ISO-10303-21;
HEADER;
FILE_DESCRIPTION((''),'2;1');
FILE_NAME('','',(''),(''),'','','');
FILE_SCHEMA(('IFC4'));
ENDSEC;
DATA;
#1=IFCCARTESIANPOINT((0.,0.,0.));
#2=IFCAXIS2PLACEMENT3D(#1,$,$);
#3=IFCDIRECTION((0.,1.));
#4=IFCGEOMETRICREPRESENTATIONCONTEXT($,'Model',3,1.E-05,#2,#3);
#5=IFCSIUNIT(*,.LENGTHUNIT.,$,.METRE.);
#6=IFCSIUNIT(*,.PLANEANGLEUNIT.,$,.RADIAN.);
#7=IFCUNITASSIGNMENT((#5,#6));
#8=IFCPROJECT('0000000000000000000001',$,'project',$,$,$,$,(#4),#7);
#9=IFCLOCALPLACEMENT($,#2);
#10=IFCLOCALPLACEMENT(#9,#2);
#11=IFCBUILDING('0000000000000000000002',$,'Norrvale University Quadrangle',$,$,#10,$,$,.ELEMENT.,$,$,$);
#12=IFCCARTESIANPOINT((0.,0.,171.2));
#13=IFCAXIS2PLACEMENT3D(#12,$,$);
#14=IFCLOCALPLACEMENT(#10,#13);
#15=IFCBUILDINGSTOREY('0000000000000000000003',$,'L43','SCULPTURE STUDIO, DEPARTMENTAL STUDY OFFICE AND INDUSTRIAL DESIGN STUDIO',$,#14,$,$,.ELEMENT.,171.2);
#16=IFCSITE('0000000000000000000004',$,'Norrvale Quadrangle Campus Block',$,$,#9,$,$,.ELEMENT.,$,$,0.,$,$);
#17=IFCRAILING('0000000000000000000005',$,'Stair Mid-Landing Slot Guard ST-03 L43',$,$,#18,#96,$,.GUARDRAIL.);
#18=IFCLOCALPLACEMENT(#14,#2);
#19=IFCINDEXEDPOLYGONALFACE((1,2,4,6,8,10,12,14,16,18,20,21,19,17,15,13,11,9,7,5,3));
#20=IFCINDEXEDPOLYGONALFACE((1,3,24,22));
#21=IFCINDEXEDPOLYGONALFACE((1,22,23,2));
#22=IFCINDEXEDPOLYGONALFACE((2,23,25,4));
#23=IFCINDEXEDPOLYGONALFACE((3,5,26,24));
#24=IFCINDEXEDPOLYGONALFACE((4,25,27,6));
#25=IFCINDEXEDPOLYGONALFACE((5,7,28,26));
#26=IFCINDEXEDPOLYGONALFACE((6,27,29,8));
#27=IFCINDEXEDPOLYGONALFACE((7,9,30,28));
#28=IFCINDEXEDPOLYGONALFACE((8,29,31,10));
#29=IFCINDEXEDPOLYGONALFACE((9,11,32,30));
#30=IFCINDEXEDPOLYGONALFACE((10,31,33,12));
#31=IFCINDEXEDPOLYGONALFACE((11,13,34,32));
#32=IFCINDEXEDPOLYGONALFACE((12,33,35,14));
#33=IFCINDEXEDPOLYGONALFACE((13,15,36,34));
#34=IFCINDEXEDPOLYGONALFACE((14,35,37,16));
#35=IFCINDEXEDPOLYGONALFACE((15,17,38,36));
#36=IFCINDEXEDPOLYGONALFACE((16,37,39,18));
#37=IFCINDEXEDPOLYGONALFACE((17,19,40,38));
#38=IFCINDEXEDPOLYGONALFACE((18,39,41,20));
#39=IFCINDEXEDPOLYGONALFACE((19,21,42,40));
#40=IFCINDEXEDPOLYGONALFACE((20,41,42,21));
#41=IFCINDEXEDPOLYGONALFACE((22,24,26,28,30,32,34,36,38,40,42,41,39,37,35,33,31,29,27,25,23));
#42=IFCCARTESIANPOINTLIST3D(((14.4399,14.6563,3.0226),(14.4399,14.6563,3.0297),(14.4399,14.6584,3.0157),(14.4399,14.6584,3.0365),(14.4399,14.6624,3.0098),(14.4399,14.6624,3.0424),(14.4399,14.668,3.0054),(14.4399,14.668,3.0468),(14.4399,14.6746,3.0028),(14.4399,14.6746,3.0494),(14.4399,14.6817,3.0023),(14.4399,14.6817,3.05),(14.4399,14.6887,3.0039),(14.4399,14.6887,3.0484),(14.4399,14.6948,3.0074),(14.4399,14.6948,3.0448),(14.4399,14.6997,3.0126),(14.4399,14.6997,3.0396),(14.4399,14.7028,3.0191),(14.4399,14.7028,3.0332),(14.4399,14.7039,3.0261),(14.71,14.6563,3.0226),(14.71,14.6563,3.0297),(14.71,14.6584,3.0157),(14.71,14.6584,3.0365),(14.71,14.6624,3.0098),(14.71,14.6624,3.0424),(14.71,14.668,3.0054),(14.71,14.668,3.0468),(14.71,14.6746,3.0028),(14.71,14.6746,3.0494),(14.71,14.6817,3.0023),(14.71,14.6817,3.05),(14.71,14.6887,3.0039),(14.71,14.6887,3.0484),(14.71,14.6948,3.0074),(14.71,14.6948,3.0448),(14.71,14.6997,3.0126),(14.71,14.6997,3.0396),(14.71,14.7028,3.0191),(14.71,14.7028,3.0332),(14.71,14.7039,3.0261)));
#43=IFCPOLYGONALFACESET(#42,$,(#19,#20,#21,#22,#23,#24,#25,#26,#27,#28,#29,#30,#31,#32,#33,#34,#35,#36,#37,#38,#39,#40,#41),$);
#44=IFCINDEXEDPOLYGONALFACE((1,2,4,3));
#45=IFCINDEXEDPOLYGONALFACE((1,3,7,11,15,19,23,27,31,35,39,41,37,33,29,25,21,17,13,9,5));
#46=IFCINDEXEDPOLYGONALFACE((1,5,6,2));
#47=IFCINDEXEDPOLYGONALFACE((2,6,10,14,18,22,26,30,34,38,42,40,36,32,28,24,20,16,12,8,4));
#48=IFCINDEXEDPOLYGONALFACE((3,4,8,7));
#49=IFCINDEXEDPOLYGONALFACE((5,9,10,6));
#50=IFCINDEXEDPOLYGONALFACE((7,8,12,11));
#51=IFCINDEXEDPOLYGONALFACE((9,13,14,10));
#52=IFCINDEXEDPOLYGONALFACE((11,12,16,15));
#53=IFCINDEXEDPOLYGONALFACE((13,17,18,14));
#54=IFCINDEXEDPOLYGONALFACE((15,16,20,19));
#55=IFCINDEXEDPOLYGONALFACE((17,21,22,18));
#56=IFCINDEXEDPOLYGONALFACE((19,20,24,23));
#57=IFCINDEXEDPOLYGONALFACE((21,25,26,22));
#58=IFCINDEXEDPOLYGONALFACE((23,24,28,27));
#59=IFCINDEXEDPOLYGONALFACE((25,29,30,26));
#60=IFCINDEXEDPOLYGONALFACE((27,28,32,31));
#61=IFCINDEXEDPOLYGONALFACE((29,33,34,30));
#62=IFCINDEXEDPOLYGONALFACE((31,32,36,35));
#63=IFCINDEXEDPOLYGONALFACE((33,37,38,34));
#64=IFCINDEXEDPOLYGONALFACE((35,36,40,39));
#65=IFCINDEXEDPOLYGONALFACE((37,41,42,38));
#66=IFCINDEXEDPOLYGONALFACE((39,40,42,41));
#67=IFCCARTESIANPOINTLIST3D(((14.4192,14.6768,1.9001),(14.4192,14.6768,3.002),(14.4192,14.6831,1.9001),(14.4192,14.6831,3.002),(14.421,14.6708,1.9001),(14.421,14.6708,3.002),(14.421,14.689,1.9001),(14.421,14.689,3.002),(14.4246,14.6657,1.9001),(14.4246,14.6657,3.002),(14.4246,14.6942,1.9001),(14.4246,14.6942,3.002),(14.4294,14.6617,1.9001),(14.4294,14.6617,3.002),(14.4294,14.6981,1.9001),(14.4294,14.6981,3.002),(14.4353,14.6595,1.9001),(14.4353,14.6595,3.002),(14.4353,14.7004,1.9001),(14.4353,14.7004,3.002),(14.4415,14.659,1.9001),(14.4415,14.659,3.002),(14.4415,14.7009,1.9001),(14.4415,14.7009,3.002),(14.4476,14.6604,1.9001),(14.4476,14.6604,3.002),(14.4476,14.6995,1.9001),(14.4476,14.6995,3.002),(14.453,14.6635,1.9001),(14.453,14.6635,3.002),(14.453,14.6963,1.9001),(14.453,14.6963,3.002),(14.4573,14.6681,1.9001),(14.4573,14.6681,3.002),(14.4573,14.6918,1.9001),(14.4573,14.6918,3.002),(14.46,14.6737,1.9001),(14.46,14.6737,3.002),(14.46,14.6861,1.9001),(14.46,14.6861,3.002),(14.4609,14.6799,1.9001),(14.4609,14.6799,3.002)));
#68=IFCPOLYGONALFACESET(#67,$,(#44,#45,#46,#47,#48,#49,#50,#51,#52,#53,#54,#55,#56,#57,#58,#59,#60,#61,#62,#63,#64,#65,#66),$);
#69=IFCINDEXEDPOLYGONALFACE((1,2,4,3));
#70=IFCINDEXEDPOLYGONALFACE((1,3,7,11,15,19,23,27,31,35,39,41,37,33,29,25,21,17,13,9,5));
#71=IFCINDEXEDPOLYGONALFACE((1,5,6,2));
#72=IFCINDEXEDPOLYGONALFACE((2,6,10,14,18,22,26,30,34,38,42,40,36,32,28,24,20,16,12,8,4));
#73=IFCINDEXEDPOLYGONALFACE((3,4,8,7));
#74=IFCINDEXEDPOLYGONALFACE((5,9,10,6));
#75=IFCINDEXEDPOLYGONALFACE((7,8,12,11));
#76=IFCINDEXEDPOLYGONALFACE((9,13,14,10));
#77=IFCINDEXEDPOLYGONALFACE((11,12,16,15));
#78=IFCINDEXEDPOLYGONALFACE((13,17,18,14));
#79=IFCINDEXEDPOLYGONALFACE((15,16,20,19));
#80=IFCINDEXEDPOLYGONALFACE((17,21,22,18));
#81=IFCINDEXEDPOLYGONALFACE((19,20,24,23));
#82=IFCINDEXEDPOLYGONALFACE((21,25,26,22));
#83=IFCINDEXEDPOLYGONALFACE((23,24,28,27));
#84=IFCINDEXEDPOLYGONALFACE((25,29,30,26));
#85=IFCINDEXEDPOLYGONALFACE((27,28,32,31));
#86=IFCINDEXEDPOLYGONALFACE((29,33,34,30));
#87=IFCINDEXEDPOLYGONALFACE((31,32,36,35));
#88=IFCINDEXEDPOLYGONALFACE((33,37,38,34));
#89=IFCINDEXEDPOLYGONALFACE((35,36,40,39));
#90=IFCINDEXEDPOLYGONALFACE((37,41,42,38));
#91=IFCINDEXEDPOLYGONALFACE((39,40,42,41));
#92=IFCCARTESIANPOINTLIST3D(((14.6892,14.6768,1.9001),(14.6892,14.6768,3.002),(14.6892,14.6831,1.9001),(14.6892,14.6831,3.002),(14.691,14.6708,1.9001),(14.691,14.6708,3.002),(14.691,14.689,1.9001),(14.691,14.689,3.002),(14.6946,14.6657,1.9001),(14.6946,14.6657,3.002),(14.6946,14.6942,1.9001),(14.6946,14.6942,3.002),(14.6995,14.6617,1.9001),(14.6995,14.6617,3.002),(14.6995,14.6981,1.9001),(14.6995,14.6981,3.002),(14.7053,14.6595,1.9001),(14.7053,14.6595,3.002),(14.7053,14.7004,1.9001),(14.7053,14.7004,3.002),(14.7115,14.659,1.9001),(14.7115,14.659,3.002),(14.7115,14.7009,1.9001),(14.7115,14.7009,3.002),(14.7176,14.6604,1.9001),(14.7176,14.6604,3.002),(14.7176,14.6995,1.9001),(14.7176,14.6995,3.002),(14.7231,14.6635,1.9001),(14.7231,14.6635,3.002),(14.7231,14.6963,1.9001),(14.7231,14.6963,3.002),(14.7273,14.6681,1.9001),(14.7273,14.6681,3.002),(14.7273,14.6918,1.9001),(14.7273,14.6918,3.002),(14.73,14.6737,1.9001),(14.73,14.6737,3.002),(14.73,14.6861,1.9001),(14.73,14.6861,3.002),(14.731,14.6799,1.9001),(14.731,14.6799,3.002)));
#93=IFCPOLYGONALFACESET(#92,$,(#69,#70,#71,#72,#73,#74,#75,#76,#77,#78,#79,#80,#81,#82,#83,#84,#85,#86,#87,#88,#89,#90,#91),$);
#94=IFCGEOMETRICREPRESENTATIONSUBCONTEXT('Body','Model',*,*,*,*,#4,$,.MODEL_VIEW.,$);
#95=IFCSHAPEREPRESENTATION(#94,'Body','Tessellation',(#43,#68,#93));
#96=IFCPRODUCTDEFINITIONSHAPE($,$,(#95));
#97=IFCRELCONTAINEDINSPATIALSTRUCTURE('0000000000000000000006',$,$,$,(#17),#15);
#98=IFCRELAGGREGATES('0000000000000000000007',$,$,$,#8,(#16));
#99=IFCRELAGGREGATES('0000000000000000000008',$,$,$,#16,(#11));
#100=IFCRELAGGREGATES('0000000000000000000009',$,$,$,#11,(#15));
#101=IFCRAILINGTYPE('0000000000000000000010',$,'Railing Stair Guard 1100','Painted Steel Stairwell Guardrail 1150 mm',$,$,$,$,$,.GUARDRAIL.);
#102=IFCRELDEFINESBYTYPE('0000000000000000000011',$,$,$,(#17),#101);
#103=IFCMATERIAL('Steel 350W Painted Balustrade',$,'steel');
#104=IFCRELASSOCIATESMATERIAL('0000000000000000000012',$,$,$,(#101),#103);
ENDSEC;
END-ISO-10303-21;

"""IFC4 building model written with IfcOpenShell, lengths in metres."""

from ifc_helpers import new_model, si_unit, direction, frame, origin, origin_2d, place, context, subcontext, project, spatial, circle, extrude, material, type_object, element, save


model = new_model("IFC4")

# Units and contexts
model_context = context("Model", 3, precision=1e-05, world=origin(), true_north=direction((0.0, 1.0)))
body_context = subcontext(model_context, "Body", "Model", "MODEL_VIEW")
ifc_project = project(units=[si_unit("LENGTHUNIT", "METRE"), si_unit("PLANEANGLEUNIT", "RADIAN")], contexts=[model_context])

# Site, building, storey
site_placement = place(None, origin())
site = spatial("IfcSite", under=ifc_project, at=site_placement, Name="Norrvale Quadrangle Campus Block", CompositionType="ELEMENT", RefElevation=0.0)
building_placement = place(site_placement, origin())
building = spatial("IfcBuilding", under=site, at=building_placement, Name="Norrvale University Quadrangle", CompositionType="ELEMENT")
storey_placement = place(building_placement, frame((0.0, 0.0, 171.2)))
storey = spatial("IfcBuildingStorey", under=building, at=storey_placement, Name="L43", Description="SCULPTURE STUDIO, DEPARTMENTAL STUDY OFFICE AND INDUSTRIAL DESIGN STUDIO", CompositionType="ELEMENT", Elevation=171.2)

# Railing
ifc_material_1 = material(Name="Steel 350W Painted Balustrade", Category="steel")
railing_type_1 = type_object("IfcRailingType", Name="Railing Stair Guard 1100", Description="Painted Steel Stairwell Guardrail 1150 mm", PredefinedType="GUARDRAIL", material=ifc_material_1)
for number, where, name in (
    (1, (14.4399, 14.6799, 1.9001), "Stair Mid-Landing Slot Guard ST-03 L43"),
):
    element("IfcRailing", number, at=place(storey_placement, frame(where)), inside=storey, type_object=railing_type_1, Name=name, PredefinedType="GUARDRAIL", context=body_context, shape_type="SweptSolid", body=[
        extrude(circle(Radius=0.0239, at=origin_2d()), frame((0.0, 0.0, 1.126), z_axis=(1.0, 0.0, 0.0), x_axis=(0.0, 1.0, 0.0)), (0.0, 0.0, 1.0), 0.27),
        extrude(circle(Radius=0.021, at=origin_2d()), origin(), (0.0, 0.0, 1.0), 1.1018),
        extrude(circle(Radius=0.021, at=origin_2d()), frame((0.27, 0.0, 0.0)), (0.0, 0.0, 1.0), 1.1018),
    ])

save(model, "model.ifc")
